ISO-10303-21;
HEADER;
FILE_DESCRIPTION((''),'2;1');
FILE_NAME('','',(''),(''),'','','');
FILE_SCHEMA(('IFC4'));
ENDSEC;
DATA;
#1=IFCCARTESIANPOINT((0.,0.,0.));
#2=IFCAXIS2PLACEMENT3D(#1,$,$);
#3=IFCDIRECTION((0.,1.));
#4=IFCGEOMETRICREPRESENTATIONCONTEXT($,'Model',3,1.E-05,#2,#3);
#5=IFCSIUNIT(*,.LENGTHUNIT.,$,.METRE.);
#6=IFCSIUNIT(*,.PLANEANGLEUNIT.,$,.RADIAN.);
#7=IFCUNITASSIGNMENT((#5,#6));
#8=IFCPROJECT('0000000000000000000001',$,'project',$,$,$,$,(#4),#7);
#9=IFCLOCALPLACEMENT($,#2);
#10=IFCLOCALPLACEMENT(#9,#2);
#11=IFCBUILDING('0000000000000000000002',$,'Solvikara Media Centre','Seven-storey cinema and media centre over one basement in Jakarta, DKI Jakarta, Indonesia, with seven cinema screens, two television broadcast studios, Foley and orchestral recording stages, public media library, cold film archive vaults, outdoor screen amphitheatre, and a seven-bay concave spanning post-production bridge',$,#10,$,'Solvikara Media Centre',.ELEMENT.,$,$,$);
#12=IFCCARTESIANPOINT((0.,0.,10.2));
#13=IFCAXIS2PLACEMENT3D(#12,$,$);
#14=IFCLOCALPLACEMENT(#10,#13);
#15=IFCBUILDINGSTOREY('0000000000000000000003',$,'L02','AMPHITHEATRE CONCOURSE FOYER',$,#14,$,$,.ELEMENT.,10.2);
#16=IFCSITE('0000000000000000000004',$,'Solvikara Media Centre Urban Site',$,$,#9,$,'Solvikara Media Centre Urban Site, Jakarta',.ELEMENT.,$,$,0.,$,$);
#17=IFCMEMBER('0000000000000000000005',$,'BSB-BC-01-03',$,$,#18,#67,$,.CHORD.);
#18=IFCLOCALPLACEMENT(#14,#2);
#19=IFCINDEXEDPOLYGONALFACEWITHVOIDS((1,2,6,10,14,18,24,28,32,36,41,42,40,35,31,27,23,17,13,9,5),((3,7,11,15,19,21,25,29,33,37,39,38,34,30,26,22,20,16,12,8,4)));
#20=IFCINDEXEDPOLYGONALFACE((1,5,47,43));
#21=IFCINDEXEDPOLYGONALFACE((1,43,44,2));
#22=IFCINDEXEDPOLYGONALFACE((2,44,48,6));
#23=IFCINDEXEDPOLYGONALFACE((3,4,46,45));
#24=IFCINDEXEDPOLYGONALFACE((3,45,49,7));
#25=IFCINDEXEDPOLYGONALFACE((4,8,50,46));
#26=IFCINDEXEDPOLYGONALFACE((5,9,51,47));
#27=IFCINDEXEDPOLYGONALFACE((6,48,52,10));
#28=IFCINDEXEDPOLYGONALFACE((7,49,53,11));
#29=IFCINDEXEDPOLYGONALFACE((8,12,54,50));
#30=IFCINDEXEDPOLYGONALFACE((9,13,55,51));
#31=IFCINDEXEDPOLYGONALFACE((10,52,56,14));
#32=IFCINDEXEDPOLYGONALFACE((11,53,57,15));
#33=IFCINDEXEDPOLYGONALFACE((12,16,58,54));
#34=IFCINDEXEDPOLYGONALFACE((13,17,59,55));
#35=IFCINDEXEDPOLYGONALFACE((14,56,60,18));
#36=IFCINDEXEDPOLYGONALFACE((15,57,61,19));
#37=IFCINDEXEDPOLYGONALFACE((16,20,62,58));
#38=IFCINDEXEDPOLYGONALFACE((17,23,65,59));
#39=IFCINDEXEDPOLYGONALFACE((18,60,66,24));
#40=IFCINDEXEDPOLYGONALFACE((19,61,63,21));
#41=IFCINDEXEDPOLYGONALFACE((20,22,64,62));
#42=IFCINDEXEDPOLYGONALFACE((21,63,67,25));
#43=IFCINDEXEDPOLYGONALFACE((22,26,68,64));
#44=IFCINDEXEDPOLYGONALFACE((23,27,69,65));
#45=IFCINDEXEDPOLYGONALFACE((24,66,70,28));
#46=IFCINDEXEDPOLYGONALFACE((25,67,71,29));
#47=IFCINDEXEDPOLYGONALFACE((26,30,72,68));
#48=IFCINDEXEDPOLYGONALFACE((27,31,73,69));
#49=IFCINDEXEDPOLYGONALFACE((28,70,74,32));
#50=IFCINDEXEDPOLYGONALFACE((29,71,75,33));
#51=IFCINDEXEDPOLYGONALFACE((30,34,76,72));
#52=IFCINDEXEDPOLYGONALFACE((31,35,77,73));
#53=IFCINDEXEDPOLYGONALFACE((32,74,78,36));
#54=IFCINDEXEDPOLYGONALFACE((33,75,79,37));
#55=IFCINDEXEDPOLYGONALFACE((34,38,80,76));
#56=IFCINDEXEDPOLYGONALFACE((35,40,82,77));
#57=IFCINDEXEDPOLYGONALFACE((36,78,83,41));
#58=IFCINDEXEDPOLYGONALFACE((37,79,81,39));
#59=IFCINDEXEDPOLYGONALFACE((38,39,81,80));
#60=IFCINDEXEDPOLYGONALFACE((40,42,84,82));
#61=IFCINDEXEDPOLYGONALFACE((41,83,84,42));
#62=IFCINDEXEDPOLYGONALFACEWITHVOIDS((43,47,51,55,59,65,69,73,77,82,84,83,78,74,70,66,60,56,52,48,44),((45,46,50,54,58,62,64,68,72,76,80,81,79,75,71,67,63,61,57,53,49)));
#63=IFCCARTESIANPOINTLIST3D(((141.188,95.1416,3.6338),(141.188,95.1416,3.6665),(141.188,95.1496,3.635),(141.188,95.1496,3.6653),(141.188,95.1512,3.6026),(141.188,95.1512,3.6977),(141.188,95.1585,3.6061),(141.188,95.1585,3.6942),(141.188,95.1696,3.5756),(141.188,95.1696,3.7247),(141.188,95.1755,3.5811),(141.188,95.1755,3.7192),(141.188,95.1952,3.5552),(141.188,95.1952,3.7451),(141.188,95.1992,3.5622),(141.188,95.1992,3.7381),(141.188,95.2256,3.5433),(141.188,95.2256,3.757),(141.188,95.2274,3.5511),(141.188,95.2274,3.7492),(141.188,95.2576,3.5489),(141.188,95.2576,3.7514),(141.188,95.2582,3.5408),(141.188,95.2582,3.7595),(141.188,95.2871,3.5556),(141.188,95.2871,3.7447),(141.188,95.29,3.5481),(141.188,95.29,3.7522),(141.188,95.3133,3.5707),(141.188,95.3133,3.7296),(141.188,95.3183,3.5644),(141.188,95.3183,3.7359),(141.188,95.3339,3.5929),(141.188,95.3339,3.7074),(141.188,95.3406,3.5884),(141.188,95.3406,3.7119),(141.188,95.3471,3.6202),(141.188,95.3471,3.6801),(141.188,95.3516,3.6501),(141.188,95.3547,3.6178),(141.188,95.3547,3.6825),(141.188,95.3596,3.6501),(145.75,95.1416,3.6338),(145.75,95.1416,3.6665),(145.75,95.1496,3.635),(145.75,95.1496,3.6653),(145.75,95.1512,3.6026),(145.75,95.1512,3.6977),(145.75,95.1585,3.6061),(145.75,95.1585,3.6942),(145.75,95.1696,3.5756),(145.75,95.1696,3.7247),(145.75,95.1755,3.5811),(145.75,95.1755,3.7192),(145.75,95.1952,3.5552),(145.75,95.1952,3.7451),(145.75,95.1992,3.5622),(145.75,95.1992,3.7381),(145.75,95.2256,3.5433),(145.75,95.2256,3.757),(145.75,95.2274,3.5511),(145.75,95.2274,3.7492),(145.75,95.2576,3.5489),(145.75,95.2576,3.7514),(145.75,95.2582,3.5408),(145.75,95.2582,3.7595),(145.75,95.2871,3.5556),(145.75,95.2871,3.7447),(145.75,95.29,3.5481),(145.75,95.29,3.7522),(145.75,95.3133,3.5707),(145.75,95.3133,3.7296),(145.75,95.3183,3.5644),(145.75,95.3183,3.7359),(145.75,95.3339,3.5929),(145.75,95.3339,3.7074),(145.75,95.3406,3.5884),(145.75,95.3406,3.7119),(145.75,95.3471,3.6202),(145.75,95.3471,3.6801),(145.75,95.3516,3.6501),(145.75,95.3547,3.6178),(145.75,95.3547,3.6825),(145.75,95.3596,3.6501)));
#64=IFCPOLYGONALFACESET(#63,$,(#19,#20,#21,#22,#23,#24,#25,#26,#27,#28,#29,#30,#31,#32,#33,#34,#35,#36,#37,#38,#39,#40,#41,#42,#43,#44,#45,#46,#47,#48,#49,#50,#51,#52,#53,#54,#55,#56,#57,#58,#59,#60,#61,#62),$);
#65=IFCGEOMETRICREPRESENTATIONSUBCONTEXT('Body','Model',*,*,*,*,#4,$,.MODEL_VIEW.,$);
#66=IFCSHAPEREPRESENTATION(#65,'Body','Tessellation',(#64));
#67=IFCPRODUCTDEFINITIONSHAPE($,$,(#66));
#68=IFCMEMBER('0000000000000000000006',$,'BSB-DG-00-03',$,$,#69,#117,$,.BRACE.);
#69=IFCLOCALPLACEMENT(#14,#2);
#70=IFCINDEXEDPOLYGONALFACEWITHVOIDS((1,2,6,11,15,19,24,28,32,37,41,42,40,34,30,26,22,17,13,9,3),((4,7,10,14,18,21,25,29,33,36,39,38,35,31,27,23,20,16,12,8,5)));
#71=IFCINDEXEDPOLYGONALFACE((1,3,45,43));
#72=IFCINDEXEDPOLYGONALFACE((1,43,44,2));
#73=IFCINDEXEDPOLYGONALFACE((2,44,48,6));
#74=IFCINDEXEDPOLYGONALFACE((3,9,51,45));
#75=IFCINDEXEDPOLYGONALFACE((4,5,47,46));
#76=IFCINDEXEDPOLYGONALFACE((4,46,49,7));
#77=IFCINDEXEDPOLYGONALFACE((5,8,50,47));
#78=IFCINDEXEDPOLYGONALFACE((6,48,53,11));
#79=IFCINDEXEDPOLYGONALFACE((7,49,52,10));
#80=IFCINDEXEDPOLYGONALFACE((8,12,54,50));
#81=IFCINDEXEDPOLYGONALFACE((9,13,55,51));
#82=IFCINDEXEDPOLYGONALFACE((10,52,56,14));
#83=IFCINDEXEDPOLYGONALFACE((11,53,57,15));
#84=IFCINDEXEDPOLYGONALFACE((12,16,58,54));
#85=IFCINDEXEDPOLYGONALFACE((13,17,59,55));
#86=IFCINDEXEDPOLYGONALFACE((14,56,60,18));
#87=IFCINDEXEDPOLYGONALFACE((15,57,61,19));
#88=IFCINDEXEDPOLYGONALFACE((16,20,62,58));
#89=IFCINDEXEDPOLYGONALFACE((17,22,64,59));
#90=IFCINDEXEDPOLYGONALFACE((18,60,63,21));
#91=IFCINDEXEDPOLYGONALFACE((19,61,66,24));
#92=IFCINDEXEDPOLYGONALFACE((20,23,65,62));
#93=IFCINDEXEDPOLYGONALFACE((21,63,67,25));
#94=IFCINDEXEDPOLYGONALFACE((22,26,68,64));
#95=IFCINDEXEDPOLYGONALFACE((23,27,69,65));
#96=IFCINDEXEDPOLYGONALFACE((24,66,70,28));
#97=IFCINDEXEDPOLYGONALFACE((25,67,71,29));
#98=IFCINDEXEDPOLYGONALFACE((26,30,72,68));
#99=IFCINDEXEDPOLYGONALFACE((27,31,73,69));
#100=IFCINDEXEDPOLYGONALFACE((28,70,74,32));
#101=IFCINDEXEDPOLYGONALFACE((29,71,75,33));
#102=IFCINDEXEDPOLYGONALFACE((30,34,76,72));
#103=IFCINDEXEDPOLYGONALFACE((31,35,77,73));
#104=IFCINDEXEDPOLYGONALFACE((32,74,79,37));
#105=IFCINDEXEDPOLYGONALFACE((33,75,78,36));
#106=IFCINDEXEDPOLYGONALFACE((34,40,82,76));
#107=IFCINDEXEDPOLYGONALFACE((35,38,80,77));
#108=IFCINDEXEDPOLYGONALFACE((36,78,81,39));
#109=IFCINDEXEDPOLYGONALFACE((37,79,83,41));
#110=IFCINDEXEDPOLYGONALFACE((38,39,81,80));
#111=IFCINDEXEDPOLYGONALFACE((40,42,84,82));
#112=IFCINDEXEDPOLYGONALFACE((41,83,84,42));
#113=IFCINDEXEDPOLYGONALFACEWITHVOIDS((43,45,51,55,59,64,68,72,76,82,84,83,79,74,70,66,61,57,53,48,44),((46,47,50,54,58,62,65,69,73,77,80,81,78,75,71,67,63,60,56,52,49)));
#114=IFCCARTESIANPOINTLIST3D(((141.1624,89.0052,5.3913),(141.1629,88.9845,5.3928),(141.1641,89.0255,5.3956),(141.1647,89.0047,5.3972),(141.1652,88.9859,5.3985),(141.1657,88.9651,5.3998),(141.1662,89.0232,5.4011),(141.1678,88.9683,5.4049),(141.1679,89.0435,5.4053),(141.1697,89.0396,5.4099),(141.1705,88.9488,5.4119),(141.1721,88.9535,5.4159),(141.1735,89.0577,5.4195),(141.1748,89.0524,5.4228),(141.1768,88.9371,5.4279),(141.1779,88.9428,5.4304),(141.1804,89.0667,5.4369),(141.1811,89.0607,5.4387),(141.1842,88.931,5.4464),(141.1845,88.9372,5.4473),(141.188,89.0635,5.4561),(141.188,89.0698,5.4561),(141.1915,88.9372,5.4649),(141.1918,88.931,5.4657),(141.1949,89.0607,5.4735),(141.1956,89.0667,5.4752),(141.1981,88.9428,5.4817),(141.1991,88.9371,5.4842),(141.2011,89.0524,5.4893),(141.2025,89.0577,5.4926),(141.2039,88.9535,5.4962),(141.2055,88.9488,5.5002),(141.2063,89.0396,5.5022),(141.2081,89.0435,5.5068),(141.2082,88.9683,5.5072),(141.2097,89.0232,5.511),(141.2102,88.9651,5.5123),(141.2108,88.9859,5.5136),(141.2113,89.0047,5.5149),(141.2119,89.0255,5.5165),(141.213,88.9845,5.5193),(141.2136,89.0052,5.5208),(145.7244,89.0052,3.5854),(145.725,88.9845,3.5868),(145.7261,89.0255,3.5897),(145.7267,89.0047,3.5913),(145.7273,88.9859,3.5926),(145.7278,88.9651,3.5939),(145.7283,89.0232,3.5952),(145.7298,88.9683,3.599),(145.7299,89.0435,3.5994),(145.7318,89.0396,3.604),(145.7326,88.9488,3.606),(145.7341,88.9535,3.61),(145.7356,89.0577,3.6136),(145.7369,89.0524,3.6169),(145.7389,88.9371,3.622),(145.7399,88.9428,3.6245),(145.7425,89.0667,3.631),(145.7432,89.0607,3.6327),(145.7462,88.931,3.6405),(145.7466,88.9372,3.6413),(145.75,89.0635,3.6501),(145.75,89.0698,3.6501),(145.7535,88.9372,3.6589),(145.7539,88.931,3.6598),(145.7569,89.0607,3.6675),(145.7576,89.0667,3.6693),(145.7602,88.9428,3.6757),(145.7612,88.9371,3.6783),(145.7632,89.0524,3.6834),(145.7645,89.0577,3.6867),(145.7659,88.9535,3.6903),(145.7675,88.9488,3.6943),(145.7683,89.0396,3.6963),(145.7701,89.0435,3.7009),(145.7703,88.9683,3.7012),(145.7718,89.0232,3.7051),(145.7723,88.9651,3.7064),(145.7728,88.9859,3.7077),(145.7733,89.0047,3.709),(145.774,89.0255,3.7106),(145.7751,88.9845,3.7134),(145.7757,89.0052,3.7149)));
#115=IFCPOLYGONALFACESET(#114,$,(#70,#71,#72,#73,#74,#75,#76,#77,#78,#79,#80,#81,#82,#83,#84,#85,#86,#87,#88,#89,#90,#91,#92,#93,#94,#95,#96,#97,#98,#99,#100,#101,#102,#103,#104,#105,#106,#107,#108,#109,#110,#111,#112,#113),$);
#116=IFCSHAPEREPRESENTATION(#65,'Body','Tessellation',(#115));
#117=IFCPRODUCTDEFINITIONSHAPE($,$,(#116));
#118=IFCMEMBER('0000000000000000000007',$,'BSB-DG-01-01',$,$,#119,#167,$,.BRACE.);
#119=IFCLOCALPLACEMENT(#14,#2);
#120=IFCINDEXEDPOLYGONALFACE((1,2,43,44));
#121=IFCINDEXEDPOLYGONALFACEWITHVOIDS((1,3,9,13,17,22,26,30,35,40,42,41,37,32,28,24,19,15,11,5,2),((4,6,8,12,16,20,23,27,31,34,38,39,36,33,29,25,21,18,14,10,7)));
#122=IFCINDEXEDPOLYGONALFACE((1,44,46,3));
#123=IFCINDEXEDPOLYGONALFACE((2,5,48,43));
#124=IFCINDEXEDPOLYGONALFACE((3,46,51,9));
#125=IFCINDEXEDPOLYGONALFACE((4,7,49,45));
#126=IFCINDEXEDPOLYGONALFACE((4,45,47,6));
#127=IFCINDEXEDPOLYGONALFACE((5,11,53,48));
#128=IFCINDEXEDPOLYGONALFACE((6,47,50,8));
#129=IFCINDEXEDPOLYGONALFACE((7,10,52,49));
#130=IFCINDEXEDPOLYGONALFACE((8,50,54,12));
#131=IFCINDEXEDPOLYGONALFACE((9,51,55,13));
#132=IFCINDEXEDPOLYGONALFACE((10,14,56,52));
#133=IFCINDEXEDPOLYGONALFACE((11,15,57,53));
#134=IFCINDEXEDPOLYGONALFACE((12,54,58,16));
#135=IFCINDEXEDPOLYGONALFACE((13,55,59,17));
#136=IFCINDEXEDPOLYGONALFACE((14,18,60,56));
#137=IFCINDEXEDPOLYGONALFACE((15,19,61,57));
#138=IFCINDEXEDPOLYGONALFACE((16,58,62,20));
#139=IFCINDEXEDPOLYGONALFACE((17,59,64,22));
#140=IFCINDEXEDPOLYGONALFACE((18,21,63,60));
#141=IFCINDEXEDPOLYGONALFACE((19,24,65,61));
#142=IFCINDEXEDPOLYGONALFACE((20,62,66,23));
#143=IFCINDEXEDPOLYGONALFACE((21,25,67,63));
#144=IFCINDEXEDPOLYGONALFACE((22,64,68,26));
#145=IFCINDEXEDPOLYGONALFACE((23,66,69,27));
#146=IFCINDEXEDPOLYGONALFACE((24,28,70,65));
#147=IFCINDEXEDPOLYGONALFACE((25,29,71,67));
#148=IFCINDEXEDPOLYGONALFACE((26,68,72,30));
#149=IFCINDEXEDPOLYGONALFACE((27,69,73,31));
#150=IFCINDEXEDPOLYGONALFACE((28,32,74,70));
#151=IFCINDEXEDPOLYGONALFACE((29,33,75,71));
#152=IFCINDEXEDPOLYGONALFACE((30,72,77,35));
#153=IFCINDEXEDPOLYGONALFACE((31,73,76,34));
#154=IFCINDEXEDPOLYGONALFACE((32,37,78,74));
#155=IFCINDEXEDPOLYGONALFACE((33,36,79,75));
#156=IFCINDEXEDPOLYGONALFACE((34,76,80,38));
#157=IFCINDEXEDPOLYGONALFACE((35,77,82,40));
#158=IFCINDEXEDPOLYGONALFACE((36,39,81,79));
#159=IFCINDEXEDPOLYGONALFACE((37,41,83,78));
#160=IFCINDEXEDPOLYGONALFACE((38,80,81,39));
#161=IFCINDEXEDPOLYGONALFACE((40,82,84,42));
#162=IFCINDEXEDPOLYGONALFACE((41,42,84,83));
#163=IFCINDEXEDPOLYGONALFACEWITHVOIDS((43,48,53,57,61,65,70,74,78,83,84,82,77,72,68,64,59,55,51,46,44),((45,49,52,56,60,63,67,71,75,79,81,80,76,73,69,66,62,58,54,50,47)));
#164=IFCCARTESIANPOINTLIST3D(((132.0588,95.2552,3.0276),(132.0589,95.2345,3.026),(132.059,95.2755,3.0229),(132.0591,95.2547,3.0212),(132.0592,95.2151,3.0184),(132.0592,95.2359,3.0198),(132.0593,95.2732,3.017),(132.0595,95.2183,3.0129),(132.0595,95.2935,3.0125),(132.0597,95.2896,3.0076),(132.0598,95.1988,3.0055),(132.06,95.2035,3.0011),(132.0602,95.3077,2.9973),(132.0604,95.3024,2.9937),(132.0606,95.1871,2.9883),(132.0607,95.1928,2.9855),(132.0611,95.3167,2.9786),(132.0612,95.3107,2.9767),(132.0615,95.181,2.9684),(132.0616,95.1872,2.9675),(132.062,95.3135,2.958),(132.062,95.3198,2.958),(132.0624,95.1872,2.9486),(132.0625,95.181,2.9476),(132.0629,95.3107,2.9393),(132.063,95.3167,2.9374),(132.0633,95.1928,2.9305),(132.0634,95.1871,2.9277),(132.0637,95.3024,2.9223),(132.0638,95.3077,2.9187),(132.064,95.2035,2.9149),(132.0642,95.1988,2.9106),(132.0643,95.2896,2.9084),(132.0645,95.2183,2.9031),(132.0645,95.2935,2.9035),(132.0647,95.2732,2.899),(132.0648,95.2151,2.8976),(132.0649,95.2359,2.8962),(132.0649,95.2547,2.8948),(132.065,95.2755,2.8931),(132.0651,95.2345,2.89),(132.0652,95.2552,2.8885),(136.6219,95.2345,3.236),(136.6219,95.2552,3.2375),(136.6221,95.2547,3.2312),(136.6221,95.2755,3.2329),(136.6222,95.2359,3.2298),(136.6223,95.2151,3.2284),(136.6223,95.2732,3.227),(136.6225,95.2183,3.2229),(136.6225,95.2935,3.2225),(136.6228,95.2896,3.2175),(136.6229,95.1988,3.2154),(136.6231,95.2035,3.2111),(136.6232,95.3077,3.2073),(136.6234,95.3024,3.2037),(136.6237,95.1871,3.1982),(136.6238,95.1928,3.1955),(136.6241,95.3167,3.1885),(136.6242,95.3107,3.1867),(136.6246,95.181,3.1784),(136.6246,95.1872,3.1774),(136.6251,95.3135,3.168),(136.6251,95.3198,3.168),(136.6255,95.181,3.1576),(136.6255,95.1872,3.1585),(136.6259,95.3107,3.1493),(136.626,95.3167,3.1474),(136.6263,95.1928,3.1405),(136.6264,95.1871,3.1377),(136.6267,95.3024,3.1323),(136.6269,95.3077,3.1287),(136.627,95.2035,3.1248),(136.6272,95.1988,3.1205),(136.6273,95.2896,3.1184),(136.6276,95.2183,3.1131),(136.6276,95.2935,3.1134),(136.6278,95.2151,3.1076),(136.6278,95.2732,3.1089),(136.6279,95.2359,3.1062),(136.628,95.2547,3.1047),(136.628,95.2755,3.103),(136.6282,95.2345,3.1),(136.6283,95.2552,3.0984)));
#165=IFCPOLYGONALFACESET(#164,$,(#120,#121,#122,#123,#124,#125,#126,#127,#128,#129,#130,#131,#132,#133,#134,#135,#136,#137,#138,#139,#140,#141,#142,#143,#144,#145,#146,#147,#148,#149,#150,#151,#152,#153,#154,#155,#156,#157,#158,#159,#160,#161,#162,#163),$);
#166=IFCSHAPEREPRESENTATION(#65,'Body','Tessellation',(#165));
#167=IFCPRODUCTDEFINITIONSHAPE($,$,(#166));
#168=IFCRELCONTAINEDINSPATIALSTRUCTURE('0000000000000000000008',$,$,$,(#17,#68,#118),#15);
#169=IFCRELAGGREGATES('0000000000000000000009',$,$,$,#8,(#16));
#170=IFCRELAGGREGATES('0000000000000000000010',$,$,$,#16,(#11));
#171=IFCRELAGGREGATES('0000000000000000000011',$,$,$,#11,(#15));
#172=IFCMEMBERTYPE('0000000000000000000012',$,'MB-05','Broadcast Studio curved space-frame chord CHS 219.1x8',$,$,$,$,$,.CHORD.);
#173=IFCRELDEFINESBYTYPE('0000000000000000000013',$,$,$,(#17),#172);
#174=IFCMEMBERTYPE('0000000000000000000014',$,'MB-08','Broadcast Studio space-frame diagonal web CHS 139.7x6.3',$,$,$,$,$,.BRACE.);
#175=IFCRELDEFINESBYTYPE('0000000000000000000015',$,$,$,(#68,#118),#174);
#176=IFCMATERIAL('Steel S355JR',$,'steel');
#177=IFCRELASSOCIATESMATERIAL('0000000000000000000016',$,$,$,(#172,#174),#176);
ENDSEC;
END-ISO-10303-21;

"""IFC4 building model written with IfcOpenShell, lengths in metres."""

from ifc_helpers import new_model, si_unit, direction, frame, origin, origin_2d, place, context, subcontext, project, spatial, hollow_circle, extrude, material, material_profile, profile_set, type_object, element, save


model = new_model("IFC4")

# Units and contexts
model_context = context("Model", 3, precision=1e-05, world=origin(), true_north=direction((0.0, 1.0)))
body_context = subcontext(model_context, "Body", "Model", "MODEL_VIEW")
ifc_project = project(units=[si_unit("LENGTHUNIT", "METRE"), si_unit("PLANEANGLEUNIT", "RADIAN")], contexts=[model_context])

# Site, building, storey
site_placement = place(None, origin())
site = spatial("IfcSite", under=ifc_project, at=site_placement, Name="Solvikara Media Centre Urban Site", LongName="Solvikara Media Centre Urban Site, Jakarta", CompositionType="ELEMENT", RefElevation=0.0)
building_placement = place(site_placement, origin())
building = spatial("IfcBuilding", under=site, at=building_placement, Name="Solvikara Media Centre", Description="Seven-storey cinema and media centre over one basement in Jakarta, DKI Jakarta, Indonesia, with seven cinema screens, two television broadcast studios, Foley and orchestral recording stages, public media library, cold film archive vaults, outdoor screen amphitheatre, and a seven-bay concave spanning post-production bridge", LongName="Solvikara Media Centre", CompositionType="ELEMENT")
storey_placement = place(building_placement, frame((0.0, 0.0, 10.2)))
storey = spatial("IfcBuildingStorey", under=building, at=storey_placement, Name="L02", Description="AMPHITHEATRE CONCOURSE FOYER", CompositionType="ELEMENT", Elevation=10.2)

# Members
ifc_material_1 = material(Name="Steel S355JR", Category="steel")
ifc_material_profile_1 = material_profile(ifc_material_1, hollow_circle(Radius=0.1096, WallThickness=0.0081, at=origin_2d()), Name="CHS 219.1x8")
ifc_profile_set_1 = profile_set([ifc_material_profile_1], Name="Steel S355JR")
member_type_1 = type_object("IfcMemberType", Name="MB-05", Description="Broadcast Studio curved space-frame chord CHS 219.1x8", PredefinedType="CHORD", material=ifc_profile_set_1)
member_1_placement = place(storey_placement, frame((141.188, 95.25, 3.6501), z_axis=(1.0, 0.0, 0.0), x_axis=(0.0, 1.0, 0.0)))
element("IfcMember", 1, at=member_1_placement, inside=storey, type_object=member_type_1, Name="BSB-BC-01-03", PredefinedType="CHORD", context=body_context, shape_type="SweptSolid", body=[
    extrude(hollow_circle(Radius=0.1096, WallThickness=0.0081, at=origin_2d()), origin(), (0.0, 0.0, 1.0), 4.562),
])
ifc_material_profile_2 = material_profile(ifc_material_1, hollow_circle(Radius=0.0698, WallThickness=0.0063, at=origin_2d()), Name="CHS 139.7x6.3")
ifc_profile_set_2 = profile_set([ifc_material_profile_2], Name="Steel S355JR")
member_type_2 = type_object("IfcMemberType", Name="MB-08", Description="Broadcast Studio space-frame diagonal web CHS 139.7x6.3", PredefinedType="BRACE", material=ifc_profile_set_2)
member_2_placement = place(storey_placement, frame((141.188, 89.0, 5.4561), z_axis=(0.929799, 0.0, -0.368068), x_axis=(0.0, 1.0, 0.0)))
element("IfcMember", 2, at=member_2_placement, inside=storey, type_object=member_type_2, Name="BSB-DG-00-03", PredefinedType="BRACE", context=body_context, shape_type="SweptSolid", body=[
    extrude(hollow_circle(Radius=0.0698, WallThickness=0.0063, at=origin_2d()), origin(), (0.0, 0.0, 1.0), 4.9065),
])
member_3_placement = place(storey_placement, frame((132.062, 95.25, 2.958), z_axis=(0.998943, 0.0, 0.045965), x_axis=(0.0, 1.0, 0.0)))
element("IfcMember", 3, at=member_3_placement, inside=storey, type_object=member_type_2, Name="BSB-DG-01-01", PredefinedType="BRACE", context=body_context, shape_type="SweptSolid", body=[
    extrude(hollow_circle(Radius=0.0698, WallThickness=0.0063, at=origin_2d()), origin(), (0.0, 0.0, 1.0), 4.5679),
])

save(model, "model.ifc")
